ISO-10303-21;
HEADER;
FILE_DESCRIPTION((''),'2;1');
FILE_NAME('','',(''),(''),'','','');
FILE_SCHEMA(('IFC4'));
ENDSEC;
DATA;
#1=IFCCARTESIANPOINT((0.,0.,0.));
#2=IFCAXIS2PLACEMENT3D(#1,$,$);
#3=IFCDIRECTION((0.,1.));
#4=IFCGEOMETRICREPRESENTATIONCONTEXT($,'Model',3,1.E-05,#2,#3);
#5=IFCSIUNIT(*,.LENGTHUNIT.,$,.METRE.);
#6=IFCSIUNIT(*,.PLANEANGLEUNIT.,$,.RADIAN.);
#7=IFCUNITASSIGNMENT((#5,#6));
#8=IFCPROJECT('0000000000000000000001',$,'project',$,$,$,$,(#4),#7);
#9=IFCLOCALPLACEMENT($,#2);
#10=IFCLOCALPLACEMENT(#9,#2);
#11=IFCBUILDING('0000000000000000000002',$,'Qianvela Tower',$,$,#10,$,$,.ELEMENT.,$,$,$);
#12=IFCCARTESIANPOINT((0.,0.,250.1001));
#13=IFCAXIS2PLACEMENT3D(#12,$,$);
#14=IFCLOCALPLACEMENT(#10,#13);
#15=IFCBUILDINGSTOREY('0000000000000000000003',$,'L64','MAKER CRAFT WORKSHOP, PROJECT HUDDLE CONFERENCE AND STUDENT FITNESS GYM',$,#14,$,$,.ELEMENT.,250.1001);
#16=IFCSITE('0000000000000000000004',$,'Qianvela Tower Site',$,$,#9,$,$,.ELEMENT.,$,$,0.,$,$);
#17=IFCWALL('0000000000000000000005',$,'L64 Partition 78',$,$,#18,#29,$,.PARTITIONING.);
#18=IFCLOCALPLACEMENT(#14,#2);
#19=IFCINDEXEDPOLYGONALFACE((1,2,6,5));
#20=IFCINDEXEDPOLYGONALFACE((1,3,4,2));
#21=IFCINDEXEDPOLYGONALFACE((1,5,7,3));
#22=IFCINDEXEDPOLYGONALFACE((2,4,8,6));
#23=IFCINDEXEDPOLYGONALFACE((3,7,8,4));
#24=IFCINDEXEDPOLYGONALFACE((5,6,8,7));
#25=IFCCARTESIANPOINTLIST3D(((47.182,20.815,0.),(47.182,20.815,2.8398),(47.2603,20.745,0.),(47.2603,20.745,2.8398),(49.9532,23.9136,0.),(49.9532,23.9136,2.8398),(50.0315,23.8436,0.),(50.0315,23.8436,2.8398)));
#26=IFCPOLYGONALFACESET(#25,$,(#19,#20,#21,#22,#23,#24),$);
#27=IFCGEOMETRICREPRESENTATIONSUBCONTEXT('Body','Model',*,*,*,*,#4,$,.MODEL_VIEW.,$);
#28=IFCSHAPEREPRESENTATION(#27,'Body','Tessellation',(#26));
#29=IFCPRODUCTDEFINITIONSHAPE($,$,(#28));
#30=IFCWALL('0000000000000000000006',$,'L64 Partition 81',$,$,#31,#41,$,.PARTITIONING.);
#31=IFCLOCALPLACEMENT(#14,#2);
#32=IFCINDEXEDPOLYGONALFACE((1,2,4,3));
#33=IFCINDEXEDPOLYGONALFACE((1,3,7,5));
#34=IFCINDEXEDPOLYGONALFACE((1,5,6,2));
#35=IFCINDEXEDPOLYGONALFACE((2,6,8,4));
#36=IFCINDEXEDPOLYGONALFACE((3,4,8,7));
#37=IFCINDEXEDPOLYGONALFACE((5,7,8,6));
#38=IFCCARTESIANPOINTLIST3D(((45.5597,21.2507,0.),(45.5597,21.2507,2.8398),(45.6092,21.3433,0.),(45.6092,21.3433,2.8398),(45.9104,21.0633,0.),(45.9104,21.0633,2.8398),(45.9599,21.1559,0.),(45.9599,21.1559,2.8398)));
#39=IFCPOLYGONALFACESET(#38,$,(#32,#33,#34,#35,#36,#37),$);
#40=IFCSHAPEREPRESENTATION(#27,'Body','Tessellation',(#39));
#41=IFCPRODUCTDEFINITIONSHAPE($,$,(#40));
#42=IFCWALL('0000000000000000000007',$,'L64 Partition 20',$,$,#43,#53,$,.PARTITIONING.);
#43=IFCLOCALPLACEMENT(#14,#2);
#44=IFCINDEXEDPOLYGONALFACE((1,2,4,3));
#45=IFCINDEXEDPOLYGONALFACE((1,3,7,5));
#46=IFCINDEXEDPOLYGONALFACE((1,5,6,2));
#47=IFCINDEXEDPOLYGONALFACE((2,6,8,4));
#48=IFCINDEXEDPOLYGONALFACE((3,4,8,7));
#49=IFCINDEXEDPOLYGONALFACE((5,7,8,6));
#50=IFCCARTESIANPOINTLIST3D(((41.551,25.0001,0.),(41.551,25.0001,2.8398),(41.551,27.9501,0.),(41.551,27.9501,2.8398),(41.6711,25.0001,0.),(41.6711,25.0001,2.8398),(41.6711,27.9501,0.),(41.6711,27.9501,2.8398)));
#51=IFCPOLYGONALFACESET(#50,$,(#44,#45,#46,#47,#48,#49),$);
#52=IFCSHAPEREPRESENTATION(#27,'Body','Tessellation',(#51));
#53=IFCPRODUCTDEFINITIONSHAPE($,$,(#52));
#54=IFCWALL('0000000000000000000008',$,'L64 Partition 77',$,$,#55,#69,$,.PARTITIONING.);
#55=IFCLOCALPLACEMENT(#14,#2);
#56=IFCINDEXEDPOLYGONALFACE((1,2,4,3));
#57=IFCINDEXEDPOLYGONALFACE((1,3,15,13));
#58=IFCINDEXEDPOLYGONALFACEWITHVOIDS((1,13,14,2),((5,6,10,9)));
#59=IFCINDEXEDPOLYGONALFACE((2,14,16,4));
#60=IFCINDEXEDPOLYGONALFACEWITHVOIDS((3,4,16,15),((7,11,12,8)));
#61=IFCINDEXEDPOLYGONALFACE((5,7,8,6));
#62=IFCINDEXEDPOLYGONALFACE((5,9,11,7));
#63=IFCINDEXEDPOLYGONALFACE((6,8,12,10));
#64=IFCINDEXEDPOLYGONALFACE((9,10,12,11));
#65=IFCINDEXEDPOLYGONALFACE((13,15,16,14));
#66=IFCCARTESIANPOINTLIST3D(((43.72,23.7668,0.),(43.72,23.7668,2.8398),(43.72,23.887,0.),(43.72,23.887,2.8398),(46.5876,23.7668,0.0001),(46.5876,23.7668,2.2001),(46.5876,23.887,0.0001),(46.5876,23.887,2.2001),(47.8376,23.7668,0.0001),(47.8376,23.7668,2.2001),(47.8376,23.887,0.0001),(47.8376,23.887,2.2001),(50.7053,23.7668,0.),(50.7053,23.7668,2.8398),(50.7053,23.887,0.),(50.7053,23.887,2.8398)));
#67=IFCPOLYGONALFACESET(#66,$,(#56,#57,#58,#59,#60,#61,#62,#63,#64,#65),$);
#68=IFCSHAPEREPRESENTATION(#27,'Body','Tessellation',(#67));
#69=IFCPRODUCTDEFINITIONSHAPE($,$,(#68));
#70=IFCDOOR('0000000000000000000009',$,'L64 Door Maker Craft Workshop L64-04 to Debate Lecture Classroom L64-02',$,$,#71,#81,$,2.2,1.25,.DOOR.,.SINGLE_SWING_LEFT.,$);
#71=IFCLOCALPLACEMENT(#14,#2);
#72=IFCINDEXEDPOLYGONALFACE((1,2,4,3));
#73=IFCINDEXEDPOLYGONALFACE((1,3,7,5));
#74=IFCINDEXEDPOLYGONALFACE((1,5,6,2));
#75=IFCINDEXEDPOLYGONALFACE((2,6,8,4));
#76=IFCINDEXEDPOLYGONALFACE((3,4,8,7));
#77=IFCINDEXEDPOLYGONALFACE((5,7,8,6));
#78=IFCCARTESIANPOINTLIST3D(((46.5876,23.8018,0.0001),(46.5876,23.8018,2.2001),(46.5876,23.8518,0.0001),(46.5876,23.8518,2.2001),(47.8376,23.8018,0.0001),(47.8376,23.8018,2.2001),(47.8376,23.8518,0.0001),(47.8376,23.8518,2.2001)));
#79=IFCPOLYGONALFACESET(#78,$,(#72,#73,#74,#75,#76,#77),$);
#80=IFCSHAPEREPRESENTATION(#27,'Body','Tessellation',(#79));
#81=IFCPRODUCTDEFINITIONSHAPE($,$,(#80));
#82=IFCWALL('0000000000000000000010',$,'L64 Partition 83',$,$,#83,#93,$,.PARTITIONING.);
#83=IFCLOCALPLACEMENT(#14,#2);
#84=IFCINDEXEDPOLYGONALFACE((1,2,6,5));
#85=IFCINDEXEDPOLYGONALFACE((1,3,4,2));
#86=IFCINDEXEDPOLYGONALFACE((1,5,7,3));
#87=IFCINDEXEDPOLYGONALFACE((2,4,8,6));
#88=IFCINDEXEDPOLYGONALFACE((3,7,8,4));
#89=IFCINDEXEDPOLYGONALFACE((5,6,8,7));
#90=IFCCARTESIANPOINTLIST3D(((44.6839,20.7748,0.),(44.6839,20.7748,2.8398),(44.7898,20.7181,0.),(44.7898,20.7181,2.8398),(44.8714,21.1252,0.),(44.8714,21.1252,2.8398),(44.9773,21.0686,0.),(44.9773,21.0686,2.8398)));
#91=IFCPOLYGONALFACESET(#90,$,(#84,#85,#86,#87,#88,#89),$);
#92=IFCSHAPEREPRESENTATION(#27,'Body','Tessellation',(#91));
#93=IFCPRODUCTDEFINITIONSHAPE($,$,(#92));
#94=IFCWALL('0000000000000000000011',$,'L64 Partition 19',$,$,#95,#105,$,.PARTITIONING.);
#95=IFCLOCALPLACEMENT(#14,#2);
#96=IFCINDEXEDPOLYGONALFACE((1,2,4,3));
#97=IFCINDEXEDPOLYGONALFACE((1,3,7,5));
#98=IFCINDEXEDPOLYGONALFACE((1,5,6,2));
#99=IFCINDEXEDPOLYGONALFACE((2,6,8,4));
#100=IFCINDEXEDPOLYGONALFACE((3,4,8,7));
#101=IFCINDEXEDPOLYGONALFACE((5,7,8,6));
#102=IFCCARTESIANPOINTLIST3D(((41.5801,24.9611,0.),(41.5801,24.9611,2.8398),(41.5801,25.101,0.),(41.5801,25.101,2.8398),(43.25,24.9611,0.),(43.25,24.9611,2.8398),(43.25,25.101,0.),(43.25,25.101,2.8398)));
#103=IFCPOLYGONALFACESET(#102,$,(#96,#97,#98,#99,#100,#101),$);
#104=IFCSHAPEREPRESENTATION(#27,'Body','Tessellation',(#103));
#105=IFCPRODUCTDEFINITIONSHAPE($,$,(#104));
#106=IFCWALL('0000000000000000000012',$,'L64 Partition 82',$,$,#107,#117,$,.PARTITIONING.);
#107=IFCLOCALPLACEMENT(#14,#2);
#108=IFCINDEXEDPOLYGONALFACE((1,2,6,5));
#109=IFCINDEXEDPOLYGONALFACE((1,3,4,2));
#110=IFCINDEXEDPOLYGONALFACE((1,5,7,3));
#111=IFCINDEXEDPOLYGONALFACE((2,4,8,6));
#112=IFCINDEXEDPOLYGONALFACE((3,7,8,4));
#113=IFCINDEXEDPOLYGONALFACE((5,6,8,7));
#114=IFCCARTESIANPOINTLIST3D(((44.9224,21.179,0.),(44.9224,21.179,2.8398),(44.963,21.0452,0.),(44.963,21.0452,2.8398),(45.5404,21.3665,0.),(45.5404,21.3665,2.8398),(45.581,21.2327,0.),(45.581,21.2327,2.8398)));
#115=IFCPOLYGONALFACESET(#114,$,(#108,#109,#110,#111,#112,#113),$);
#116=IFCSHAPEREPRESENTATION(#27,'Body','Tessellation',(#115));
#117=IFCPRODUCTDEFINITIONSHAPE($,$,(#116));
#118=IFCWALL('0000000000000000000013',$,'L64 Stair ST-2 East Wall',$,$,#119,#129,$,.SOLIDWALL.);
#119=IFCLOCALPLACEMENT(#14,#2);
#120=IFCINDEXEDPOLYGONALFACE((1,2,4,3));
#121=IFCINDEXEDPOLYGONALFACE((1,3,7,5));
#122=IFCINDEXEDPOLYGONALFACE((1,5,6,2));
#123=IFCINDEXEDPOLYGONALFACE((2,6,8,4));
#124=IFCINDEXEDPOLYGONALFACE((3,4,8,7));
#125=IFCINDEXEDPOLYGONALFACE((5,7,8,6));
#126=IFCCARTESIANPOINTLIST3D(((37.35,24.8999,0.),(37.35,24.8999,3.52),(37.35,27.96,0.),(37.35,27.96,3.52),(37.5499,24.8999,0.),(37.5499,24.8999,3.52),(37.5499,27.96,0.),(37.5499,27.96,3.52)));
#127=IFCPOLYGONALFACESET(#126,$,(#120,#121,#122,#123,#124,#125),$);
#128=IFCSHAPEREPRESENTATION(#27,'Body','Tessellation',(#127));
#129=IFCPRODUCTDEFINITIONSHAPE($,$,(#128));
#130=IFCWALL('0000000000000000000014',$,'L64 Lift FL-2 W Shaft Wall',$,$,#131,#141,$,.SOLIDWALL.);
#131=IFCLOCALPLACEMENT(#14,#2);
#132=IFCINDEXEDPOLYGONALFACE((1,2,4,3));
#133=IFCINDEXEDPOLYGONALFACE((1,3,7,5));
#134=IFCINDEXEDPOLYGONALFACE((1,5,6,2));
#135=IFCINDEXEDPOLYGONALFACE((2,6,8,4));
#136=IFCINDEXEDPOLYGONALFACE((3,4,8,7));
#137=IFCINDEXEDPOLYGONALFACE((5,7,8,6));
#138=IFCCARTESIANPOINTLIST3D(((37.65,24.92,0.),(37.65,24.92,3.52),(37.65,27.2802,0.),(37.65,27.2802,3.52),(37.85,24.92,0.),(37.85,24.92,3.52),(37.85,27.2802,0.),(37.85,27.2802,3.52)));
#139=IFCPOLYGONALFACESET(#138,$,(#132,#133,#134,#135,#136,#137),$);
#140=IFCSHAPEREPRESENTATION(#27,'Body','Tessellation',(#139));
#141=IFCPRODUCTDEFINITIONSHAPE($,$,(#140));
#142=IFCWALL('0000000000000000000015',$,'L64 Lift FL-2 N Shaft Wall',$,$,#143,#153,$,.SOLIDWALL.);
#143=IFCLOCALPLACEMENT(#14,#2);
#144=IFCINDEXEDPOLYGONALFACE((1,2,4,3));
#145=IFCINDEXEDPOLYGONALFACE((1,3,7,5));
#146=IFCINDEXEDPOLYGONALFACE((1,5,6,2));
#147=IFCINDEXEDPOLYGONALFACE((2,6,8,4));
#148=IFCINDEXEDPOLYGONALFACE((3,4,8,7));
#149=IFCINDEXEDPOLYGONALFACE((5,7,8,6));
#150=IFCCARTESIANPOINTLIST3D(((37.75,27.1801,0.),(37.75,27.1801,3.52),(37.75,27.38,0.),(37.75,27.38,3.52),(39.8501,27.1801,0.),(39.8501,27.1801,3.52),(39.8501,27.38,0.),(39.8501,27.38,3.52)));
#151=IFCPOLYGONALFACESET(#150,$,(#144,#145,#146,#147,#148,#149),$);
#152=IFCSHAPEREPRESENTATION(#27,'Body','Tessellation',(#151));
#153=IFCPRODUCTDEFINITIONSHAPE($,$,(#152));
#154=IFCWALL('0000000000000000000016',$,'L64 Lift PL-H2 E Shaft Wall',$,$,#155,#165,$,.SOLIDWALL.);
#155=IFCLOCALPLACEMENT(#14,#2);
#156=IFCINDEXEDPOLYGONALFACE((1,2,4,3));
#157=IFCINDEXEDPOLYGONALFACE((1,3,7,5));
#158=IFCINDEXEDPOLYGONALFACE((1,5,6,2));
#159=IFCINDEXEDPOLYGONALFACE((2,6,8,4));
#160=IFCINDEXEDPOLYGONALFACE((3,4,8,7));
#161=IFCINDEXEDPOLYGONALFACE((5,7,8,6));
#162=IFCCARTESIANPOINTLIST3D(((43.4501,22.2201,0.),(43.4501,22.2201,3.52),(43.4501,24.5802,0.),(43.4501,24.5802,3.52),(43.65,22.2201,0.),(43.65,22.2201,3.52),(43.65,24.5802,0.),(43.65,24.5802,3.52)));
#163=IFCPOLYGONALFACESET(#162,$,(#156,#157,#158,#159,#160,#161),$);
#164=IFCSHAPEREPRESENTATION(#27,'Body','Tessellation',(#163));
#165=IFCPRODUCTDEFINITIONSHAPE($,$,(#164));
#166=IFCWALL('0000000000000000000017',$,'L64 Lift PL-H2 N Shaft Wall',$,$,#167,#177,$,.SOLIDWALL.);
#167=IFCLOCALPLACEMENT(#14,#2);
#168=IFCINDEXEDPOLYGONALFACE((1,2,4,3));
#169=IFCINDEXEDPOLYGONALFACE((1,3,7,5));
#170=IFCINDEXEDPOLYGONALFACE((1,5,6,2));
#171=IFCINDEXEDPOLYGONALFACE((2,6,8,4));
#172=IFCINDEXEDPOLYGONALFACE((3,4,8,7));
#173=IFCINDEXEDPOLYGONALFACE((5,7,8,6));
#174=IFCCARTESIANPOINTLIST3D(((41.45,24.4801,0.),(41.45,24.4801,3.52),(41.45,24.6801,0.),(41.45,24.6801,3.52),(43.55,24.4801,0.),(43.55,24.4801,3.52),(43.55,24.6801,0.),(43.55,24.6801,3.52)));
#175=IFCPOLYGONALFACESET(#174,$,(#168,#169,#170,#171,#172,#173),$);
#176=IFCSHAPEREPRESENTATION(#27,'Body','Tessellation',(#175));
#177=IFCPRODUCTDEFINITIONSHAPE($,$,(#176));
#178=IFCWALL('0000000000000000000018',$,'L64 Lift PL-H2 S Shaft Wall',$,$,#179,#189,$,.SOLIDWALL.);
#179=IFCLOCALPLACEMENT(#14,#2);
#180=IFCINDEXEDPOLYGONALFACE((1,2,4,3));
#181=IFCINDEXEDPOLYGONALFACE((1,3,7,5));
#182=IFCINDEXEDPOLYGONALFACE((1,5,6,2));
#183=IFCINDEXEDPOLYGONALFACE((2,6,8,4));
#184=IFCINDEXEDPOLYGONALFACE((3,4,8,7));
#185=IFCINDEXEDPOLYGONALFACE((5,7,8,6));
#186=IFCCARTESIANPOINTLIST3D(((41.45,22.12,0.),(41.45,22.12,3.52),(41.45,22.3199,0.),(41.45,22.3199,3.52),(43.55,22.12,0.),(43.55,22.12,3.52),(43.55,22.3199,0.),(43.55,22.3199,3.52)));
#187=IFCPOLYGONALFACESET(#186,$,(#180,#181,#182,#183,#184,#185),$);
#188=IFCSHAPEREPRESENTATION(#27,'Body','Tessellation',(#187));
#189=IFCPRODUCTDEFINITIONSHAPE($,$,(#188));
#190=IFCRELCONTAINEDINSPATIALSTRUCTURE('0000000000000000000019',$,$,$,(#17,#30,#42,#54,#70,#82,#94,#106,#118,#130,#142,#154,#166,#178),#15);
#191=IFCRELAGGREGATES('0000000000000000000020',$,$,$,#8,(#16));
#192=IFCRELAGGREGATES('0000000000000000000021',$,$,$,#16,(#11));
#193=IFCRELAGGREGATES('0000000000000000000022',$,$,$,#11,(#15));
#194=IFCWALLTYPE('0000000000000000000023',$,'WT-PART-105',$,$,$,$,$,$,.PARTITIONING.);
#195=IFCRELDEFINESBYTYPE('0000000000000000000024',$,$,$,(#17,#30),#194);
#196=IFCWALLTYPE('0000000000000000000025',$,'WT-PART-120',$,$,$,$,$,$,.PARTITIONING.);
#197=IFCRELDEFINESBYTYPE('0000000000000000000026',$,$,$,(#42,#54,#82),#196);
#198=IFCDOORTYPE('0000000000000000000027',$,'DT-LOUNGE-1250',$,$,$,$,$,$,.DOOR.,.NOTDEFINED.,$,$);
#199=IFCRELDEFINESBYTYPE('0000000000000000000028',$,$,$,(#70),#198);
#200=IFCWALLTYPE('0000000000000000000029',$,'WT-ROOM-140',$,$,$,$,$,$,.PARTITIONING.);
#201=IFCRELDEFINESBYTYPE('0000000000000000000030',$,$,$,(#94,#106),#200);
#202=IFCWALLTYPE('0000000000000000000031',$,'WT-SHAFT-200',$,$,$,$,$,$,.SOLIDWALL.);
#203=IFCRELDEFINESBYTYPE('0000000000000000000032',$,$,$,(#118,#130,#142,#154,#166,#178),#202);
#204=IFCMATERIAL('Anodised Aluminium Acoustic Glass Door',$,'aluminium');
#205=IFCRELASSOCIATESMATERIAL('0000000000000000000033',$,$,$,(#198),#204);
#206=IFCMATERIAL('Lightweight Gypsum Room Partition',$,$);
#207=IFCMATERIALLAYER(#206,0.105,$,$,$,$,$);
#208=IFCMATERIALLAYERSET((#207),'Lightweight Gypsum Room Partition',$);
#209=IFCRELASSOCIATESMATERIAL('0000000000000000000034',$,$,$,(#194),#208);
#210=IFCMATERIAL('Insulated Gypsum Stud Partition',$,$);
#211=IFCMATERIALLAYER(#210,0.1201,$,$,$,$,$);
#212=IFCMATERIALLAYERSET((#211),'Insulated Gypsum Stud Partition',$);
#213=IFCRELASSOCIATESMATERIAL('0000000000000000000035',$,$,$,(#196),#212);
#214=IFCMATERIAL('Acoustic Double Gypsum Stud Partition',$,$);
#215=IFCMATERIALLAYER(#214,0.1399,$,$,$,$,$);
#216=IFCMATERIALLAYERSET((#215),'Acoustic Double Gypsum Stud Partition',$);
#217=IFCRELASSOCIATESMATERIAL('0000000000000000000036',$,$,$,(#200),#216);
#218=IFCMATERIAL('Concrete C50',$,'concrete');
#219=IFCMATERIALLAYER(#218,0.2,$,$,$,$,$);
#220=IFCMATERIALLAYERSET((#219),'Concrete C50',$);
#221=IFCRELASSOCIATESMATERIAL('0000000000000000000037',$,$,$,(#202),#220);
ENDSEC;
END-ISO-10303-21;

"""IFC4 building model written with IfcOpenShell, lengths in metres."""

from ifc_helpers import new_model, si_unit, direction, frame, frame_2d, origin, place, context, subcontext, project, spatial, rectangle, extrude, material, layer, layer_set, type_object, element, fill, save


model = new_model("IFC4")

# Units and contexts
model_context = context("Model", 3, precision=1e-05, world=origin(), true_north=direction((0.0, 1.0)))
body_context = subcontext(model_context, "Body", "Model", "MODEL_VIEW")
ifc_project = project(units=[si_unit("LENGTHUNIT", "METRE"), si_unit("PLANEANGLEUNIT", "RADIAN")], contexts=[model_context])

# Site, building, storey
site_placement = place(None, origin())
site = spatial("IfcSite", under=ifc_project, at=site_placement, Name="Qianvela Tower Site", CompositionType="ELEMENT", RefElevation=0.0)
building_placement = place(site_placement, origin())
building = spatial("IfcBuilding", under=site, at=building_placement, Name="Qianvela Tower", CompositionType="ELEMENT")
storey_placement = place(building_placement, frame((0.0, 0.0, 250.1001)))
storey = spatial("IfcBuildingStorey", under=building, at=storey_placement, Name="L64", Description="MAKER CRAFT WORKSHOP, PROJECT HUDDLE CONFERENCE AND STUDENT FITNESS GYM", CompositionType="ELEMENT", Elevation=250.1001)

# Shared definitions
ifc_material_1 = material(Name="Anodised Aluminium Acoustic Glass Door", Category="aluminium")
door_type_1 = type_object("IfcDoorType", Name="DT-LOUNGE-1250", OperationType="NOTDEFINED", PredefinedType="DOOR", material=ifc_material_1)

# Walls
ifc_material_2 = material(Name="Lightweight Gypsum Room Partition")
ifc_layer_1 = layer(ifc_material_2, 0.105)
ifc_layer_set_1 = layer_set([ifc_layer_1], Name="Lightweight Gypsum Room Partition")
wall_type_1 = type_object("IfcWallType", Name="WT-PART-105", PredefinedType="PARTITIONING", material=ifc_layer_set_1)
wall_1_placement = place(storey_placement, frame((49.9924, 23.8787, 0.0), z_axis=(0.0, 0.0, 1.0), x_axis=(-0.666632, -0.745387, 0.0)))
element("IfcWall", 1, at=wall_1_placement, inside=storey, type_object=wall_type_1, Name="L64 Partition 78", PredefinedType="PARTITIONING", context=body_context, shape_type="SweptSolid", body=[
    extrude(rectangle(XDim=4.157, YDim=0.105, at=frame_2d((2.0786, 0.0))), origin(), (0.0, 0.0, 1.0), 2.8398),
])
wall_2_placement = place(storey_placement, frame((45.9351, 21.1096, 0.0), z_axis=(0.0, 0.0, 1.0), x_axis=(-0.881945, 0.471353, 0.0)))
element("IfcWall", 2, at=wall_2_placement, inside=storey, type_object=wall_type_1, Name="L64 Partition 81", PredefinedType="PARTITIONING", context=body_context, shape_type="SweptSolid", body=[
    extrude(rectangle(XDim=0.3977, YDim=0.105, at=frame_2d((0.1987, 0.0))), origin(), (0.0, 0.0, 1.0), 2.8398),
])
ifc_material_3 = material(Name="Insulated Gypsum Stud Partition")
ifc_layer_2 = layer(ifc_material_3, 0.1201)
ifc_layer_set_2 = layer_set([ifc_layer_2], Name="Insulated Gypsum Stud Partition")
wall_type_2 = type_object("IfcWallType", Name="WT-PART-120", PredefinedType="PARTITIONING", material=ifc_layer_set_2)
wall_3_placement = place(storey_placement, frame((41.6111, 25.0, 0.0), z_axis=(0.0, 0.0, 1.0), x_axis=(0.0, 1.0, 0.0)))
element("IfcWall", 3, at=wall_3_placement, inside=storey, type_object=wall_type_2, Name="L64 Partition 20", PredefinedType="PARTITIONING", context=body_context, shape_type="SweptSolid", body=[
    extrude(rectangle(XDim=2.95, YDim=0.1201, at=frame_2d((1.4751, 0.0))), origin(), (0.0, 0.0, 1.0), 2.8398),
])

# Wall, opening, door
wall_4_placement = place(storey_placement, frame((43.72, 23.8269, 0.0), z_axis=(0.0, 0.0, 1.0), x_axis=(1.0, 0.0, 0.0)))
wall_4 = element("IfcWall", 4, at=wall_4_placement, inside=storey, type_object=wall_type_2, Name="L64 Partition 77", PredefinedType="PARTITIONING", context=body_context, shape_type="SweptSolid", body=[
    extrude(rectangle(XDim=6.9854, YDim=0.1201, at=frame_2d((3.4927, 0.0))), origin(), (0.0, 0.0, 1.0), 2.8398),
])
opening_1_placement = place(wall_4_placement, frame((2.8677, 0.0, 0.0)))
opening_1 = element("IfcOpeningElement", 5, at=opening_1_placement, cuts=wall_4, PredefinedType="OPENING", context=body_context, shape_type="SweptSolid", body=[
    extrude(rectangle(XDim=1.25, YDim=2.2, at=frame_2d((0.625, 1.1001))), frame((0.0, 0.0701, 0.0), z_axis=(0.0, -1.0, 0.0), x_axis=(1.0, 0.0, 0.0)), (0.0, 0.0, 1.0), 0.1401),
])
door_1_placement = place(opening_1_placement, origin())
door_1 = element("IfcDoor", 6, at=door_1_placement, inside=storey, type_object=door_type_1, Name="L64 Door Maker Craft Workshop L64-04 to Debate Lecture Classroom L64-02", OperationType="SINGLE_SWING_LEFT", OverallHeight=2.2, OverallWidth=1.25, PredefinedType="DOOR", context=body_context, shape_type="SweptSolid", body=[
    extrude(rectangle(XDim=1.25, YDim=2.2, at=frame_2d((0.625, 1.1001))), frame((0.0, 0.0249, 0.0), z_axis=(0.0, -1.0, 0.0), x_axis=(1.0, 0.0, 0.0)), (0.0, 0.0, 1.0), 0.05),
])
fill(opening_1, door_1)

# Walls
wall_5_placement = place(storey_placement, frame((44.9243, 21.0969, 0.0), z_axis=(0.0, 0.0, 1.0), x_axis=(-0.471608, -0.881808, 0.0)))
element("IfcWall", 7, at=wall_5_placement, inside=storey, type_object=wall_type_2, Name="L64 Partition 83", PredefinedType="PARTITIONING", context=body_context, shape_type="SweptSolid", body=[
    extrude(rectangle(XDim=0.3975, YDim=0.1201, at=frame_2d((0.1987, 0.0))), origin(), (0.0, 0.0, 1.0), 2.8398),
])
ifc_material_4 = material(Name="Acoustic Double Gypsum Stud Partition")
ifc_layer_3 = layer(ifc_material_4, 0.1399)
ifc_layer_set_3 = layer_set([ifc_layer_3], Name="Acoustic Double Gypsum Stud Partition")
wall_type_3 = type_object("IfcWallType", Name="WT-ROOM-140", PredefinedType="PARTITIONING", material=ifc_layer_set_3)
wall_6_placement = place(storey_placement, frame((43.25, 25.031, 0.0), z_axis=(0.0, 0.0, 1.0), x_axis=(-1.0, 0.0, 0.0)))
element("IfcWall", 8, at=wall_6_placement, inside=storey, type_object=wall_type_3, Name="L64 Partition 19", PredefinedType="PARTITIONING", context=body_context, shape_type="SweptSolid", body=[
    extrude(rectangle(XDim=1.6699, YDim=0.1399, at=frame_2d((0.835, 0.0))), origin(), (0.0, 0.0, 1.0), 2.8398),
])
wall_7_placement = place(storey_placement, frame((45.5605, 21.2996, 0.0), z_axis=(0.0, 0.0, 1.0), x_axis=(-0.956916, -0.290364, 0.0)))
element("IfcWall", 9, at=wall_7_placement, inside=storey, type_object=wall_type_3, Name="L64 Partition 82", PredefinedType="PARTITIONING", context=body_context, shape_type="SweptSolid", body=[
    extrude(rectangle(XDim=0.6458, YDim=0.1399, at=frame_2d((0.3228, 0.0))), origin(), (0.0, 0.0, 1.0), 2.8398),
])
ifc_material_5 = material(Name="Concrete C50", Category="concrete")
ifc_layer_4 = layer(ifc_material_5, 0.2)
ifc_layer_set_4 = layer_set([ifc_layer_4], Name="Concrete C50")
wall_type_4 = type_object("IfcWallType", Name="WT-SHAFT-200", PredefinedType="SOLIDWALL", material=ifc_layer_set_4)
wall_8_placement = place(storey_placement, frame((37.45, 24.8999, 0.0), z_axis=(0.0, 0.0, 1.0), x_axis=(0.0, 1.0, 0.0)))
element("IfcWall", 10, at=wall_8_placement, inside=storey, type_object=wall_type_4, Name="L64 Stair ST-2 East Wall", PredefinedType="SOLIDWALL", context=body_context, shape_type="SweptSolid", body=[
    extrude(rectangle(XDim=3.0601, YDim=0.2, at=frame_2d((1.53, 0.0))), origin(), (0.0, 0.0, 1.0), 3.52),
])

# Walls
wall_9_placement = place(storey_placement, frame((37.75, 24.9199, 0.0), z_axis=(0.0, 0.0, 1.0), x_axis=(0.0, 1.0, 0.0)))
element("IfcWall", 11, at=wall_9_placement, inside=storey, type_object=wall_type_4, Name="L64 Lift FL-2 W Shaft Wall", PredefinedType="SOLIDWALL", context=body_context, shape_type="SweptSolid", body=[
    extrude(rectangle(XDim=2.3601, YDim=0.2, at=frame_2d((1.1802, 0.0))), origin(), (0.0, 0.0, 1.0), 3.52),
])
wall_10_placement = place(storey_placement, frame((37.75, 27.28, 0.0), z_axis=(0.0, 0.0, 1.0), x_axis=(1.0, 0.0, 0.0)))
element("IfcWall", 12, at=wall_10_placement, inside=storey, type_object=wall_type_4, Name="L64 Lift FL-2 N Shaft Wall", PredefinedType="SOLIDWALL", context=body_context, shape_type="SweptSolid", body=[
    extrude(rectangle(XDim=2.1001, YDim=0.2, at=frame_2d((1.05, 0.0))), origin(), (0.0, 0.0, 1.0), 3.52),
])
wall_11_placement = place(storey_placement, frame((43.55, 22.22, 0.0), z_axis=(0.0, 0.0, 1.0), x_axis=(0.0, 1.0, 0.0)))
element("IfcWall", 13, at=wall_11_placement, inside=storey, type_object=wall_type_4, Name="L64 Lift PL-H2 E Shaft Wall", PredefinedType="SOLIDWALL", context=body_context, shape_type="SweptSolid", body=[
    extrude(rectangle(XDim=2.3601, YDim=0.2, at=frame_2d((1.1802, 0.0))), origin(), (0.0, 0.0, 1.0), 3.52),
])

# Walls
for number, where, z_axis, x_axis, name in (
    (14, (41.45, 24.5801, 0.0), (0.0, 0.0, 1.0), (1.0, 0.0, 0.0), "L64 Lift PL-H2 N Shaft Wall"),
    (15, (41.45, 22.22, 0.0), (0.0, 0.0, 1.0), (1.0, 0.0, 0.0), "L64 Lift PL-H2 S Shaft Wall"),
):
    element("IfcWall", number, at=place(storey_placement, frame(where, z_axis=z_axis, x_axis=x_axis)), inside=storey, type_object=wall_type_4, Name=name, PredefinedType="SOLIDWALL", context=body_context, shape_type="SweptSolid", body=[
        extrude(rectangle(XDim=2.1001, YDim=0.2, at=frame_2d((1.05, 0.0))), origin(), (0.0, 0.0, 1.0), 3.52),
    ])

save(model, "model.ifc")
